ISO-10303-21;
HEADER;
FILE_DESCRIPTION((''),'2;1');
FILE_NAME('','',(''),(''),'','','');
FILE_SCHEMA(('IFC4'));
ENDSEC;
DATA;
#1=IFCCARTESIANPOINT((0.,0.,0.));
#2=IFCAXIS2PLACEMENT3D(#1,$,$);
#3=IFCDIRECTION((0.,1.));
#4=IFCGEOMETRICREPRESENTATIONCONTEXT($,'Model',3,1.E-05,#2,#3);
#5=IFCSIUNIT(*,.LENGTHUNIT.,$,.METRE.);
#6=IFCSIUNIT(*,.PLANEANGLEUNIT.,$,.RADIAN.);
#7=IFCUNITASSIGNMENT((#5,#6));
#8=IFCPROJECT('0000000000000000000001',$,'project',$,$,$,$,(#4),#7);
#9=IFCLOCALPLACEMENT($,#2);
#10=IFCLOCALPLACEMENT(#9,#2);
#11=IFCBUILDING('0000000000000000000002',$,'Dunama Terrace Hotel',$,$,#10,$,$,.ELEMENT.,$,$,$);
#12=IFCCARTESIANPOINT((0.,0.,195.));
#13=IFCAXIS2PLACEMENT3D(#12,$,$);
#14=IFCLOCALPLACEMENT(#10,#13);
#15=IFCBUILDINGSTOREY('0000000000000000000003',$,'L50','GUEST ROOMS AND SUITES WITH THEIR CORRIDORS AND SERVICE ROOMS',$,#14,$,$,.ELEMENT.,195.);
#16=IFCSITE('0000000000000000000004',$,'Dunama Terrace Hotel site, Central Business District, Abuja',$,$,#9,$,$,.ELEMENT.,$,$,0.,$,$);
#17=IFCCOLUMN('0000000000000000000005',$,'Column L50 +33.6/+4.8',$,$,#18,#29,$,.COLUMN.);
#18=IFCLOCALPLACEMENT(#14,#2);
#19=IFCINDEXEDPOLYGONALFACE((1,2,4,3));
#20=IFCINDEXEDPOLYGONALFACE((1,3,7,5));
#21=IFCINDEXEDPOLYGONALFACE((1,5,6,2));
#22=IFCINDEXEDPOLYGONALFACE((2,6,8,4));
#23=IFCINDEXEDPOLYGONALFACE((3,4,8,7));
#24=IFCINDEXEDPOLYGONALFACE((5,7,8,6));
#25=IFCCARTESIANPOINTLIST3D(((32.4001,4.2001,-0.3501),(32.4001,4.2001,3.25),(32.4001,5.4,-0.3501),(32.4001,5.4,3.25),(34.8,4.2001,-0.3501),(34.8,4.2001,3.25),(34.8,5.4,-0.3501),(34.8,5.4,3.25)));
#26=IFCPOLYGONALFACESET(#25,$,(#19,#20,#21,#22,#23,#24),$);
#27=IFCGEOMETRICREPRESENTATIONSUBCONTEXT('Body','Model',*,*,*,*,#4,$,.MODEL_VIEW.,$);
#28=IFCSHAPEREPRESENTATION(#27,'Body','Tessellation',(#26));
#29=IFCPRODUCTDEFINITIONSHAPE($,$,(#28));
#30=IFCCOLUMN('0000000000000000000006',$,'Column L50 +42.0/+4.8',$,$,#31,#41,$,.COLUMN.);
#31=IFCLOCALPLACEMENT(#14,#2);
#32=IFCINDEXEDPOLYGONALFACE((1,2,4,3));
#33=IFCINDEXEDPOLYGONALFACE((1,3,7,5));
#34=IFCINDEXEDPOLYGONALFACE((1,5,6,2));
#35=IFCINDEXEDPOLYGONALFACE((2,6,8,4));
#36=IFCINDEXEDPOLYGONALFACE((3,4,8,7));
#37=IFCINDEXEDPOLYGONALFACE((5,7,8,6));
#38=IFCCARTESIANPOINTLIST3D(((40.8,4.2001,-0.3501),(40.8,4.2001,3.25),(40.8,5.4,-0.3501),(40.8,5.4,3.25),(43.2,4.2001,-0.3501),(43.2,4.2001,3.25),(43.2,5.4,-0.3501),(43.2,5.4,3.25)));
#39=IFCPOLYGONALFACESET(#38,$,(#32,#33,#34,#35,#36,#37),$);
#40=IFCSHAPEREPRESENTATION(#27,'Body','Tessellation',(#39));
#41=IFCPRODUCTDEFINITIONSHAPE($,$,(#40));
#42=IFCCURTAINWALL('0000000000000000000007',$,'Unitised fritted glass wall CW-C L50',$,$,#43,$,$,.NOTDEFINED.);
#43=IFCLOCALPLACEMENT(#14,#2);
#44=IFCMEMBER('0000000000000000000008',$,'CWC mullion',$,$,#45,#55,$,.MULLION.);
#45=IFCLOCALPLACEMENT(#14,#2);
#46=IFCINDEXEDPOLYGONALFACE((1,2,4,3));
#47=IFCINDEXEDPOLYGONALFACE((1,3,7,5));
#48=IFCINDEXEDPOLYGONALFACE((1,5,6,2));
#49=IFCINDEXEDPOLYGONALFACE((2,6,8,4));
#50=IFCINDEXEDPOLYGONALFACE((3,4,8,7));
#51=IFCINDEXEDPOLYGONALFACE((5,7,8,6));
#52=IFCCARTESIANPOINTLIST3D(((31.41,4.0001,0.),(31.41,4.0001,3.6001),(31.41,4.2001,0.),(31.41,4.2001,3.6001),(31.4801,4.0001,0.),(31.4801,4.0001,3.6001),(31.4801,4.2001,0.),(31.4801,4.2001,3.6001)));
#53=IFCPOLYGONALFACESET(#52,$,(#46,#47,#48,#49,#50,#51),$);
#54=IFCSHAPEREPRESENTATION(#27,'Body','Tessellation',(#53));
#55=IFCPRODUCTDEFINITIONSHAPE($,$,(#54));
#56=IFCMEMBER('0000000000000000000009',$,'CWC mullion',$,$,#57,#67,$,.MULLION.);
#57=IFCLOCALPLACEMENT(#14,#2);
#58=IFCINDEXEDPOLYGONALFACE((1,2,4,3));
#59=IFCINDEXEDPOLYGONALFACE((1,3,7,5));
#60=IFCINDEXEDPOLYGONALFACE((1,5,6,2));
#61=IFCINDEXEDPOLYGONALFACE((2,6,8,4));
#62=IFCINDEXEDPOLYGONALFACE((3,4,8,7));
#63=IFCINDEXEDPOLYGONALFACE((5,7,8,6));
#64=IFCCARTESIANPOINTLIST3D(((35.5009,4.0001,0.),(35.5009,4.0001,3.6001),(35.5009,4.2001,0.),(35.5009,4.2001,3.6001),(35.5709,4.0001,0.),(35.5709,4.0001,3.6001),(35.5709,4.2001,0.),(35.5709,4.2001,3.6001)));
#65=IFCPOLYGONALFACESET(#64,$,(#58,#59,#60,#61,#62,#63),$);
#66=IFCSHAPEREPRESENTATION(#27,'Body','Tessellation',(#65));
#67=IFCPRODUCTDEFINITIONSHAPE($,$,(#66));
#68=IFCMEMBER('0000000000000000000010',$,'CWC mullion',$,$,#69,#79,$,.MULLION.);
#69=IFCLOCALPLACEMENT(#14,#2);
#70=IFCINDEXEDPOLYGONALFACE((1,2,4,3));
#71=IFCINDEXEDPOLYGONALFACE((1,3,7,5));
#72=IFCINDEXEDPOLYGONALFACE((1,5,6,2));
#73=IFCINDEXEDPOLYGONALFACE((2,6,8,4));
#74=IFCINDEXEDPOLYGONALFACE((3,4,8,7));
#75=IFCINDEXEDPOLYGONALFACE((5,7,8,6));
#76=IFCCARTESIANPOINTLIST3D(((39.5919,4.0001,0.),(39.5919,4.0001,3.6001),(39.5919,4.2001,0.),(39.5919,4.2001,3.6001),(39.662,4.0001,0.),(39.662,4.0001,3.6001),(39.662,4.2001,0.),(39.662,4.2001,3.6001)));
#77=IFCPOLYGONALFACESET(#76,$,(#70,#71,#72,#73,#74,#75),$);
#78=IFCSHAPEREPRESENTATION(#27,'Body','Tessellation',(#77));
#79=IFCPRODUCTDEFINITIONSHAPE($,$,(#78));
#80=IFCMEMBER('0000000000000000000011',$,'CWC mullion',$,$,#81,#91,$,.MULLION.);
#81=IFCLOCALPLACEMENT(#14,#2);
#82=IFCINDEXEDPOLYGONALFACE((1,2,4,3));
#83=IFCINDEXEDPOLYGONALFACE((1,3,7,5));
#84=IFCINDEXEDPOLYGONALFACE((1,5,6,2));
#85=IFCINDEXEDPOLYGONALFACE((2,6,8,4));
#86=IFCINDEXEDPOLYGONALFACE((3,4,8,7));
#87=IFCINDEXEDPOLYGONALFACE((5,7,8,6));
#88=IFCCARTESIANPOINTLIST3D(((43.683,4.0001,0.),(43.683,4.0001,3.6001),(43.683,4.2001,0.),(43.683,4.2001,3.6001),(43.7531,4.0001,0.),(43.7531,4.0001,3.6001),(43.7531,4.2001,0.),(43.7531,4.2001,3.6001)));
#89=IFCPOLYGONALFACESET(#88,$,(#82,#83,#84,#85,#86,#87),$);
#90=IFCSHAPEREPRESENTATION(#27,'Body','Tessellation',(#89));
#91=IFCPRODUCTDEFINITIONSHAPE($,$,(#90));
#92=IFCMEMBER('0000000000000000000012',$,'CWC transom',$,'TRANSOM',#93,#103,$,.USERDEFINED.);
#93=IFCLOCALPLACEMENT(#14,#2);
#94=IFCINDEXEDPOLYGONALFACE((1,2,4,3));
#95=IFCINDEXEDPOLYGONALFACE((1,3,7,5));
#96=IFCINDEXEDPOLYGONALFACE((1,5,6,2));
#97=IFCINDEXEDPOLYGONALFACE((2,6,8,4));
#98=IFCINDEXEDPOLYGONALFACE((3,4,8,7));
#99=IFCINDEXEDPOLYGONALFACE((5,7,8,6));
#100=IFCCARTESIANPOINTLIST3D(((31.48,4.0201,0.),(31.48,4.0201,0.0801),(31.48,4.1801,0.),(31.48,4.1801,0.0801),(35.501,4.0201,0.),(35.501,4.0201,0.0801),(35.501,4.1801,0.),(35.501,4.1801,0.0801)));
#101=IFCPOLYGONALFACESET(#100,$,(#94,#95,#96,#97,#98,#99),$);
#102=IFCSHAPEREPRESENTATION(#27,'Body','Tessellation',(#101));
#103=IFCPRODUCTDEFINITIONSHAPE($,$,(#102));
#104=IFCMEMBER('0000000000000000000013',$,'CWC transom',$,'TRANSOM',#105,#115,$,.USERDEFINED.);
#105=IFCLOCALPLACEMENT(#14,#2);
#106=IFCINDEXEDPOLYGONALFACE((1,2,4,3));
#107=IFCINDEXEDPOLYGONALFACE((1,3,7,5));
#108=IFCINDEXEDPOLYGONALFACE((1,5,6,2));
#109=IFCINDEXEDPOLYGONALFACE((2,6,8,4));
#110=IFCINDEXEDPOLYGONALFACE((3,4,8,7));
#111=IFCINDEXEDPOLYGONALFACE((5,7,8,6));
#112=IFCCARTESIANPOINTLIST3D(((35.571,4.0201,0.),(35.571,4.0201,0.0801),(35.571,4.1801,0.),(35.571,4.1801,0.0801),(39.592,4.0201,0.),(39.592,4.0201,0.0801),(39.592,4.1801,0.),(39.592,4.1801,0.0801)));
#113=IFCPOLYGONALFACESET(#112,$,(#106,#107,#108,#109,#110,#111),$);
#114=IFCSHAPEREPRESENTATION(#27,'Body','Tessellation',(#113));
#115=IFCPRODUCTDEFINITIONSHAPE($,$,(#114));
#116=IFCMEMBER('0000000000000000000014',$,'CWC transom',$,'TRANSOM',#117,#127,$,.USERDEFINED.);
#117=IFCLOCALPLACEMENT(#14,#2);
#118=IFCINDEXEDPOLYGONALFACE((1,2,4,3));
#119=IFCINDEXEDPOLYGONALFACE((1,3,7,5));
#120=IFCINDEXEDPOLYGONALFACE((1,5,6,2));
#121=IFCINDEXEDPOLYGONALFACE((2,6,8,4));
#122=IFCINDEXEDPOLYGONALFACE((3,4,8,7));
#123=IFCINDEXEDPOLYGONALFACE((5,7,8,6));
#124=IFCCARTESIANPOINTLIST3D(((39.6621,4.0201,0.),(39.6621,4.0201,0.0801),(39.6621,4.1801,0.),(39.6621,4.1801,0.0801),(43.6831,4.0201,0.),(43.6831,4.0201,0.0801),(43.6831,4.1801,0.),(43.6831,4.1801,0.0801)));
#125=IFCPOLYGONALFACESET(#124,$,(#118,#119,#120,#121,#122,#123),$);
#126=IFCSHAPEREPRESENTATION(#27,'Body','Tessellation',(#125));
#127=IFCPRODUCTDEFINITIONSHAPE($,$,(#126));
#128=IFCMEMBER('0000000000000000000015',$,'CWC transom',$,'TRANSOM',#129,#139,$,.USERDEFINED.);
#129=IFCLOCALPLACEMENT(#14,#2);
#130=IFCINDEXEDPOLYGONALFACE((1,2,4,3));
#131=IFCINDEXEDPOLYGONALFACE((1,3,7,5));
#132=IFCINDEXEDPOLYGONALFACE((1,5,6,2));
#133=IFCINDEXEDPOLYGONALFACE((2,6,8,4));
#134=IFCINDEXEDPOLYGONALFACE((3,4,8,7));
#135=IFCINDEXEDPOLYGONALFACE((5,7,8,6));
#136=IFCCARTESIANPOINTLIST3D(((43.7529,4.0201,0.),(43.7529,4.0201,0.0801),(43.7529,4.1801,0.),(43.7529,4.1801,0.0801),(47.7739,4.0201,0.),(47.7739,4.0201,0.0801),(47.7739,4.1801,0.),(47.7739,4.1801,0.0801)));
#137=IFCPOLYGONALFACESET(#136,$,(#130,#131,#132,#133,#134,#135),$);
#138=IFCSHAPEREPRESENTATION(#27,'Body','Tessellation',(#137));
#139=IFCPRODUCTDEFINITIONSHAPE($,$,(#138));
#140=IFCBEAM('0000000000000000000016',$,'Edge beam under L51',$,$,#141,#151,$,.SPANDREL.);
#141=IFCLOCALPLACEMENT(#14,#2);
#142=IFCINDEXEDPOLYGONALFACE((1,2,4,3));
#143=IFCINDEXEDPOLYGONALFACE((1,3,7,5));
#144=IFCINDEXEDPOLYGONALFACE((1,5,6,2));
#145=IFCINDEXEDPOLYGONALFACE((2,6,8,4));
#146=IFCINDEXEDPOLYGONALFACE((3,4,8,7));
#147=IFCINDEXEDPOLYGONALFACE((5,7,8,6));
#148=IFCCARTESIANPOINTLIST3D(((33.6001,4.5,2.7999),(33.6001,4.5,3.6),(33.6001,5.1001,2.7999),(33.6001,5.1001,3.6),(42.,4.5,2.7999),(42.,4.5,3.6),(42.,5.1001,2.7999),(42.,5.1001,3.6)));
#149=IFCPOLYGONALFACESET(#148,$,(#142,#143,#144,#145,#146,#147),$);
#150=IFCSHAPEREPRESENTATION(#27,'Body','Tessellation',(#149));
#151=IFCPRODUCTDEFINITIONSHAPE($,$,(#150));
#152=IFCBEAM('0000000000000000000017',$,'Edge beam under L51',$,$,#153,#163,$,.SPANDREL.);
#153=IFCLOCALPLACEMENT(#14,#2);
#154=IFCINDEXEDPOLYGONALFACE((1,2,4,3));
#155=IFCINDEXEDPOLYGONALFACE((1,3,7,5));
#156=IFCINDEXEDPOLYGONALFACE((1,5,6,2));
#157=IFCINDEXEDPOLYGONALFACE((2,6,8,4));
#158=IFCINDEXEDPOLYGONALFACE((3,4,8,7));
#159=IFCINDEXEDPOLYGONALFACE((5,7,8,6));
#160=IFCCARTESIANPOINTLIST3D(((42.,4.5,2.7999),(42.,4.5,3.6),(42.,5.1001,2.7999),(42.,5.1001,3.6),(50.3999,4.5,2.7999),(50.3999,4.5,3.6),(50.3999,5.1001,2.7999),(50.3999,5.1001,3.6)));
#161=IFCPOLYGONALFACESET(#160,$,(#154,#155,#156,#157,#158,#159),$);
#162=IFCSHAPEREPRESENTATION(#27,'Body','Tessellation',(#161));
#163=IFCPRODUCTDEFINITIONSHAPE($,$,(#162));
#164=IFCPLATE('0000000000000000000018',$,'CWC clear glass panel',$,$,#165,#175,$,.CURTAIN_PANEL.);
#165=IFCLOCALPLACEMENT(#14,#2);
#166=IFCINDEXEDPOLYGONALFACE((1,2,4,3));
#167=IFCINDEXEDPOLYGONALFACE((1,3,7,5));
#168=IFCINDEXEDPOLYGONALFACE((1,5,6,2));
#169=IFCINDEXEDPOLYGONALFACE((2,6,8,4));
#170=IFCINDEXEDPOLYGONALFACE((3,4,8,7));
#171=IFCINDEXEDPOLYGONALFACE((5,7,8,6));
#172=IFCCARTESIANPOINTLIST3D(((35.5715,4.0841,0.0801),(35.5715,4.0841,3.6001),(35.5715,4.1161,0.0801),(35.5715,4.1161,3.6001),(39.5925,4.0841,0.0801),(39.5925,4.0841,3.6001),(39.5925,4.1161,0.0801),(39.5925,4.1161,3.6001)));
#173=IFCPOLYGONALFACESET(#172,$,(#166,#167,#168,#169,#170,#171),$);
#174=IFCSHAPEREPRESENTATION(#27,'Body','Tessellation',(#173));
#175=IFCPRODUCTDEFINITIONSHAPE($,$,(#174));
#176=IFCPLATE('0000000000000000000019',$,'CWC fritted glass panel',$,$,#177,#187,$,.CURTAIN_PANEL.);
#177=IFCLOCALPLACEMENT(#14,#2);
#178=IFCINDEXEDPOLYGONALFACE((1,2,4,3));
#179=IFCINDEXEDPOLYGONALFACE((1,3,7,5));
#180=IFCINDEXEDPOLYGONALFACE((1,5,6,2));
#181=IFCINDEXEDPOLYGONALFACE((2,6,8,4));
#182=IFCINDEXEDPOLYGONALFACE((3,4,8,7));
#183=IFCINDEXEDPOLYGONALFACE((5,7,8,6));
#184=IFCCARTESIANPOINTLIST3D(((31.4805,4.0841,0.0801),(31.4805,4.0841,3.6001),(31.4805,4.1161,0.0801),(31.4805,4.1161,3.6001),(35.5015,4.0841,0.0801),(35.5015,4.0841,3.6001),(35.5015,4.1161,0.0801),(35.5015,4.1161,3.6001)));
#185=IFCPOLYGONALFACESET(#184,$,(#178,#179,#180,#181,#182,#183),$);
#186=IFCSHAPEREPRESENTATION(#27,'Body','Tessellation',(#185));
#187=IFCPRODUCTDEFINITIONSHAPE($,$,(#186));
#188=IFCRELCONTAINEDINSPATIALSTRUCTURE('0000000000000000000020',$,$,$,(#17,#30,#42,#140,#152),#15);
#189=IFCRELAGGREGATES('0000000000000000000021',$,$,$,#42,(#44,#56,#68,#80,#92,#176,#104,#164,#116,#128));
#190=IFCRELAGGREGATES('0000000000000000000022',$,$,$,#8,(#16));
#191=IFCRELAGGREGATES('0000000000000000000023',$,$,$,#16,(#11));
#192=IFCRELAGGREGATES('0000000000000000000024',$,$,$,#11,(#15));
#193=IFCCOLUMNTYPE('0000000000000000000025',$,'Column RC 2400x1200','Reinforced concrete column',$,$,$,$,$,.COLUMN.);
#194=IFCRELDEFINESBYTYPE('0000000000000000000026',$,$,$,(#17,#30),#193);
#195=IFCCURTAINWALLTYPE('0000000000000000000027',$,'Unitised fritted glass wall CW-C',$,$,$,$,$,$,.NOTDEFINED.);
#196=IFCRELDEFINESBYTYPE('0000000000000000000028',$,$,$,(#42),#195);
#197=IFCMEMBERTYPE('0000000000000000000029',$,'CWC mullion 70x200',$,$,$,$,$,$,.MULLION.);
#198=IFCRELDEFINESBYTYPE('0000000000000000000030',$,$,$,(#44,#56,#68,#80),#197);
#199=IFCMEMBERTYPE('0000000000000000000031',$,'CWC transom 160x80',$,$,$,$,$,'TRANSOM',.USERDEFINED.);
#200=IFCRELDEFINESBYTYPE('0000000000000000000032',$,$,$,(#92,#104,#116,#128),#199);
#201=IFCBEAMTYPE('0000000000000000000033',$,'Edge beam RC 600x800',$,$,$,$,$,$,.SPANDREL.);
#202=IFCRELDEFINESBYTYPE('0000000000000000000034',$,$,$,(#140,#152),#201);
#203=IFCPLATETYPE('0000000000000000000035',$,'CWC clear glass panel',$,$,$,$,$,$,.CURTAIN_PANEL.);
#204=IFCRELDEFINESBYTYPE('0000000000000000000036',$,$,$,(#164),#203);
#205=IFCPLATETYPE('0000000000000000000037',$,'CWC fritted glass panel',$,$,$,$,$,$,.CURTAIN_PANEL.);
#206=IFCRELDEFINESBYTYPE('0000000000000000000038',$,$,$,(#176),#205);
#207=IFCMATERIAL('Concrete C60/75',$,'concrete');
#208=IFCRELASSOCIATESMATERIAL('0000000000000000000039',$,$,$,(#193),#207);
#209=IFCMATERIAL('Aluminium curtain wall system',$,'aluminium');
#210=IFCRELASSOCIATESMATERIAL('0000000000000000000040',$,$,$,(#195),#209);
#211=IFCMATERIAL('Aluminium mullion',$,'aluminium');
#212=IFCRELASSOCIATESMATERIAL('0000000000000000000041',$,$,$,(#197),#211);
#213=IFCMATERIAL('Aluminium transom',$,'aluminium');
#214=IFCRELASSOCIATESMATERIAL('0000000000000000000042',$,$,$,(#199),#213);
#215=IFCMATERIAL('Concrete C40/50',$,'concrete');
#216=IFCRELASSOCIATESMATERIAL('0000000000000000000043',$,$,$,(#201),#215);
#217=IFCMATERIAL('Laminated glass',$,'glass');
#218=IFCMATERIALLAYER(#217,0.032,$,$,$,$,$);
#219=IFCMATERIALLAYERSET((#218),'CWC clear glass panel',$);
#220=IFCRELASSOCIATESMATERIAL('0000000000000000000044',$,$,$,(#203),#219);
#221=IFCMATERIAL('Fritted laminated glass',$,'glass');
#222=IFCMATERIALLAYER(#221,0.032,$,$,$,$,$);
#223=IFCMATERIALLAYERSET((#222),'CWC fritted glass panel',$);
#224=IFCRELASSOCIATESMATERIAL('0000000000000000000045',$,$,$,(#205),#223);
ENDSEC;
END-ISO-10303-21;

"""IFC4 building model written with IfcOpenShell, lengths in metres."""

from ifc_helpers import new_model, si_unit, direction, frame, origin, origin_2d, place, context, subcontext, project, spatial, rectangle, extrude, material, layer, layer_set, material_profile, profile_set, type_object, element, aggregate, save


model = new_model("IFC4")

# Units and contexts
model_context = context("Model", 3, precision=1e-05, world=origin(), true_north=direction((0.0, 1.0)))
body_context = subcontext(model_context, "Body", "Model", "MODEL_VIEW")
ifc_project = project(units=[si_unit("LENGTHUNIT", "METRE"), si_unit("PLANEANGLEUNIT", "RADIAN")], contexts=[model_context])

# Site, building, storey
site_placement = place(None, origin())
site = spatial("IfcSite", under=ifc_project, at=site_placement, Name="Dunama Terrace Hotel site, Central Business District, Abuja", CompositionType="ELEMENT", RefElevation=0.0)
building_placement = place(site_placement, origin())
building = spatial("IfcBuilding", under=site, at=building_placement, Name="Dunama Terrace Hotel", CompositionType="ELEMENT")
storey_placement = place(building_placement, frame((0.0, 0.0, 195.0)))
storey = spatial("IfcBuildingStorey", under=building, at=storey_placement, Name="L50", Description="GUEST ROOMS AND SUITES WITH THEIR CORRIDORS AND SERVICE ROOMS", CompositionType="ELEMENT", Elevation=195.0)

# Columns
ifc_material_1 = material(Name="Concrete C60/75", Category="concrete")
ifc_material_profile_1 = material_profile(ifc_material_1, rectangle(XDim=2.3999, YDim=1.2, at=origin_2d()), Name="RC 2400x1200")
ifc_profile_set_1 = profile_set([ifc_material_profile_1], Name="Concrete C60/75")
column_type = type_object("IfcColumnType", Name="Column RC 2400x1200", Description="Reinforced concrete column", PredefinedType="COLUMN", material=ifc_profile_set_1)
for number, where, z_axis, x_axis, name in (
    (1, (33.6001, 4.8, -0.3501), (0.0, 0.0, 1.0), (1.0, 0.0, 0.0), "Column L50 +33.6/+4.8"),
    (2, (42.0, 4.8, -0.3501), (0.0, 0.0, 1.0), (1.0, 0.0, 0.0), "Column L50 +42.0/+4.8"),
):
    element("IfcColumn", number, at=place(storey_placement, frame(where, z_axis=z_axis, x_axis=x_axis)), inside=storey, type_object=column_type, Name=name, PredefinedType="COLUMN", context=body_context, shape_type="SweptSolid", body=[
        extrude(rectangle(XDim=2.3999, YDim=1.2, at=origin_2d()), origin(), (0.0, 0.0, 1.0), 3.6001),
    ])

# Curtain wall, members
ifc_material_2 = material(Name="Aluminium curtain wall system", Category="aluminium")
curtain_wall_type = type_object("IfcCurtainWallType", Name="Unitised fritted glass wall CW-C", PredefinedType="NOTDEFINED", material=ifc_material_2)
curtain_wall_placement = place(storey_placement, origin())
curtain_wall = element("IfcCurtainWall", 3, at=curtain_wall_placement, inside=storey, type_object=curtain_wall_type, Name="Unitised fritted glass wall CW-C L50", PredefinedType="NOTDEFINED")
ifc_material_3 = material(Name="Aluminium mullion", Category="aluminium")
ifc_material_profile_2 = material_profile(ifc_material_3, rectangle(XDim=0.0701, YDim=0.2, at=origin_2d()), Name="CWC MULLION 70X200")
ifc_profile_set_2 = profile_set([ifc_material_profile_2], Name="Aluminium mullion")
member_type_1 = type_object("IfcMemberType", Name="CWC mullion 70x200", PredefinedType="MULLION", material=ifc_profile_set_2)
member_1_placement = place(storey_placement, frame((31.4451, 4.1001, 0.0), z_axis=(0.0, 0.0, 1.0), x_axis=(1.0, 0.0, 0.0)))
member_1 = element("IfcMember", 4, at=member_1_placement, type_object=member_type_1, Name="CWC mullion", PredefinedType="MULLION", context=body_context, shape_type="SweptSolid", body=[
    extrude(rectangle(XDim=0.0701, YDim=0.2, at=origin_2d()), origin(), (0.0, 0.0, 1.0), 3.6001),
])
member_2_placement = place(storey_placement, frame((35.5359, 4.1001, 0.0), z_axis=(0.0, 0.0, 1.0), x_axis=(1.0, 0.0, 0.0)))
member_2 = element("IfcMember", 5, at=member_2_placement, type_object=member_type_1, Name="CWC mullion", PredefinedType="MULLION", context=body_context, shape_type="SweptSolid", body=[
    extrude(rectangle(XDim=0.0701, YDim=0.2, at=origin_2d()), origin(), (0.0, 0.0, 1.0), 3.6001),
])
member_3_placement = place(storey_placement, frame((39.627, 4.1001, 0.0), z_axis=(0.0, 0.0, 1.0), x_axis=(1.0, 0.0, 0.0)))
member_3 = element("IfcMember", 6, at=member_3_placement, type_object=member_type_1, Name="CWC mullion", PredefinedType="MULLION", context=body_context, shape_type="SweptSolid", body=[
    extrude(rectangle(XDim=0.0701, YDim=0.2, at=origin_2d()), origin(), (0.0, 0.0, 1.0), 3.6001),
])
member_4_placement = place(storey_placement, frame((43.718, 4.1001, 0.0), z_axis=(0.0, 0.0, 1.0), x_axis=(1.0, 0.0, 0.0)))
member_4 = element("IfcMember", 7, at=member_4_placement, type_object=member_type_1, Name="CWC mullion", PredefinedType="MULLION", context=body_context, shape_type="SweptSolid", body=[
    extrude(rectangle(XDim=0.0701, YDim=0.2, at=origin_2d()), origin(), (0.0, 0.0, 1.0), 3.6001),
])
ifc_material_4 = material(Name="Aluminium transom", Category="aluminium")
ifc_material_profile_3 = material_profile(ifc_material_4, rectangle(XDim=0.1599, YDim=0.0801, at=origin_2d()), Name="CWC TRANSOM 160X80")
ifc_profile_set_3 = profile_set([ifc_material_profile_3], Name="Aluminium transom")
member_type_2 = type_object("IfcMemberType", Name="CWC transom 160x80", ElementType="TRANSOM", PredefinedType="USERDEFINED", material=ifc_profile_set_3)
member_5_placement = place(storey_placement, frame((31.48, 4.1001, 0.04), z_axis=(1.0, 0.0, 0.0), x_axis=(0.0, 1.0, 0.0)))
member_5 = element("IfcMember", 8, at=member_5_placement, type_object=member_type_2, Name="CWC transom", ObjectType="TRANSOM", PredefinedType="USERDEFINED", context=body_context, shape_type="SweptSolid", body=[
    extrude(rectangle(XDim=0.1599, YDim=0.0801, at=origin_2d()), origin(), (0.0, 0.0, 1.0), 4.021),
])
member_6_placement = place(storey_placement, frame((35.571, 4.1001, 0.04), z_axis=(1.0, 0.0, 0.0), x_axis=(0.0, 1.0, 0.0)))
member_6 = element("IfcMember", 9, at=member_6_placement, type_object=member_type_2, Name="CWC transom", ObjectType="TRANSOM", PredefinedType="USERDEFINED", context=body_context, shape_type="SweptSolid", body=[
    extrude(rectangle(XDim=0.1599, YDim=0.0801, at=origin_2d()), origin(), (0.0, 0.0, 1.0), 4.021),
])
member_7_placement = place(storey_placement, frame((39.6621, 4.1001, 0.04), z_axis=(1.0, 0.0, 0.0), x_axis=(0.0, 1.0, 0.0)))
member_7 = element("IfcMember", 10, at=member_7_placement, type_object=member_type_2, Name="CWC transom", ObjectType="TRANSOM", PredefinedType="USERDEFINED", context=body_context, shape_type="SweptSolid", body=[
    extrude(rectangle(XDim=0.1599, YDim=0.0801, at=origin_2d()), origin(), (0.0, 0.0, 1.0), 4.021),
])
member_8_placement = place(storey_placement, frame((43.7529, 4.1001, 0.04), z_axis=(1.0, 0.0, 0.0), x_axis=(0.0, 1.0, 0.0)))
member_8 = element("IfcMember", 11, at=member_8_placement, type_object=member_type_2, Name="CWC transom", ObjectType="TRANSOM", PredefinedType="USERDEFINED", context=body_context, shape_type="SweptSolid", body=[
    extrude(rectangle(XDim=0.1599, YDim=0.0801, at=origin_2d()), origin(), (0.0, 0.0, 1.0), 4.021),
])

# Beams
ifc_material_5 = material(Name="Concrete C40/50", Category="concrete")
ifc_material_profile_4 = material_profile(ifc_material_5, rectangle(XDim=0.6001, YDim=0.8, at=origin_2d()), Name="RC 600x800")
ifc_profile_set_4 = profile_set([ifc_material_profile_4], Name="Concrete C40/50")
beam_type = type_object("IfcBeamType", Name="Edge beam RC 600x800", PredefinedType="SPANDREL", material=ifc_profile_set_4)
for number, where, z_axis, x_axis, name in (
    (12, (33.6001, 4.8, 3.2), (1.0, 0.0, 0.0), (0.0, 1.0, 0.0), "Edge beam under L51"),
    (13, (42.0, 4.8, 3.2), (1.0, 0.0, 0.0), (0.0, 1.0, 0.0), "Edge beam under L51"),
):
    element("IfcBeam", number, at=place(storey_placement, frame(where, z_axis=z_axis, x_axis=x_axis)), inside=storey, type_object=beam_type, Name=name, PredefinedType="SPANDREL", context=body_context, shape_type="SweptSolid", body=[
        extrude(rectangle(XDim=0.6001, YDim=0.8, at=origin_2d()), origin(), (0.0, 0.0, 1.0), 8.3999),
    ])

# Plates
ifc_material_6 = material(Name="Laminated glass", Category="glass")
ifc_layer_1 = layer(ifc_material_6, 0.032)
ifc_layer_set_1 = layer_set([ifc_layer_1], Name="CWC clear glass panel")
plate_type_1 = type_object("IfcPlateType", Name="CWC clear glass panel", PredefinedType="CURTAIN_PANEL", material=ifc_layer_set_1)
plate_1_placement = place(storey_placement, frame((37.582, 4.1001, 0.0801), z_axis=(0.0, 0.0, 1.0), x_axis=(1.0, 0.0, 0.0)))
plate_1 = element("IfcPlate", 14, at=plate_1_placement, type_object=plate_type_1, Name="CWC clear glass panel", PredefinedType="CURTAIN_PANEL", context=body_context, shape_type="SweptSolid", body=[
    extrude(rectangle(XDim=4.021, YDim=0.032, at=origin_2d()), origin(), (0.0, 0.0, 1.0), 3.52),
])
ifc_material_7 = material(Name="Fritted laminated glass", Category="glass")
ifc_layer_2 = layer(ifc_material_7, 0.032)
ifc_layer_set_2 = layer_set([ifc_layer_2], Name="CWC fritted glass panel")
plate_type_2 = type_object("IfcPlateType", Name="CWC fritted glass panel", PredefinedType="CURTAIN_PANEL", material=ifc_layer_set_2)
plate_2_placement = place(storey_placement, frame((33.491, 4.1001, 0.0801), z_axis=(0.0, 0.0, 1.0), x_axis=(1.0, 0.0, 0.0)))
plate_2 = element("IfcPlate", 15, at=plate_2_placement, type_object=plate_type_2, Name="CWC fritted glass panel", PredefinedType="CURTAIN_PANEL", context=body_context, shape_type="SweptSolid", body=[
    extrude(rectangle(XDim=4.021, YDim=0.032, at=origin_2d()), origin(), (0.0, 0.0, 1.0), 3.52),
])
aggregate(curtain_wall, [member_1, member_2, member_3, member_4, member_5, plate_2, member_6, plate_1, member_7, member_8])

save(model, "model.ifc")
